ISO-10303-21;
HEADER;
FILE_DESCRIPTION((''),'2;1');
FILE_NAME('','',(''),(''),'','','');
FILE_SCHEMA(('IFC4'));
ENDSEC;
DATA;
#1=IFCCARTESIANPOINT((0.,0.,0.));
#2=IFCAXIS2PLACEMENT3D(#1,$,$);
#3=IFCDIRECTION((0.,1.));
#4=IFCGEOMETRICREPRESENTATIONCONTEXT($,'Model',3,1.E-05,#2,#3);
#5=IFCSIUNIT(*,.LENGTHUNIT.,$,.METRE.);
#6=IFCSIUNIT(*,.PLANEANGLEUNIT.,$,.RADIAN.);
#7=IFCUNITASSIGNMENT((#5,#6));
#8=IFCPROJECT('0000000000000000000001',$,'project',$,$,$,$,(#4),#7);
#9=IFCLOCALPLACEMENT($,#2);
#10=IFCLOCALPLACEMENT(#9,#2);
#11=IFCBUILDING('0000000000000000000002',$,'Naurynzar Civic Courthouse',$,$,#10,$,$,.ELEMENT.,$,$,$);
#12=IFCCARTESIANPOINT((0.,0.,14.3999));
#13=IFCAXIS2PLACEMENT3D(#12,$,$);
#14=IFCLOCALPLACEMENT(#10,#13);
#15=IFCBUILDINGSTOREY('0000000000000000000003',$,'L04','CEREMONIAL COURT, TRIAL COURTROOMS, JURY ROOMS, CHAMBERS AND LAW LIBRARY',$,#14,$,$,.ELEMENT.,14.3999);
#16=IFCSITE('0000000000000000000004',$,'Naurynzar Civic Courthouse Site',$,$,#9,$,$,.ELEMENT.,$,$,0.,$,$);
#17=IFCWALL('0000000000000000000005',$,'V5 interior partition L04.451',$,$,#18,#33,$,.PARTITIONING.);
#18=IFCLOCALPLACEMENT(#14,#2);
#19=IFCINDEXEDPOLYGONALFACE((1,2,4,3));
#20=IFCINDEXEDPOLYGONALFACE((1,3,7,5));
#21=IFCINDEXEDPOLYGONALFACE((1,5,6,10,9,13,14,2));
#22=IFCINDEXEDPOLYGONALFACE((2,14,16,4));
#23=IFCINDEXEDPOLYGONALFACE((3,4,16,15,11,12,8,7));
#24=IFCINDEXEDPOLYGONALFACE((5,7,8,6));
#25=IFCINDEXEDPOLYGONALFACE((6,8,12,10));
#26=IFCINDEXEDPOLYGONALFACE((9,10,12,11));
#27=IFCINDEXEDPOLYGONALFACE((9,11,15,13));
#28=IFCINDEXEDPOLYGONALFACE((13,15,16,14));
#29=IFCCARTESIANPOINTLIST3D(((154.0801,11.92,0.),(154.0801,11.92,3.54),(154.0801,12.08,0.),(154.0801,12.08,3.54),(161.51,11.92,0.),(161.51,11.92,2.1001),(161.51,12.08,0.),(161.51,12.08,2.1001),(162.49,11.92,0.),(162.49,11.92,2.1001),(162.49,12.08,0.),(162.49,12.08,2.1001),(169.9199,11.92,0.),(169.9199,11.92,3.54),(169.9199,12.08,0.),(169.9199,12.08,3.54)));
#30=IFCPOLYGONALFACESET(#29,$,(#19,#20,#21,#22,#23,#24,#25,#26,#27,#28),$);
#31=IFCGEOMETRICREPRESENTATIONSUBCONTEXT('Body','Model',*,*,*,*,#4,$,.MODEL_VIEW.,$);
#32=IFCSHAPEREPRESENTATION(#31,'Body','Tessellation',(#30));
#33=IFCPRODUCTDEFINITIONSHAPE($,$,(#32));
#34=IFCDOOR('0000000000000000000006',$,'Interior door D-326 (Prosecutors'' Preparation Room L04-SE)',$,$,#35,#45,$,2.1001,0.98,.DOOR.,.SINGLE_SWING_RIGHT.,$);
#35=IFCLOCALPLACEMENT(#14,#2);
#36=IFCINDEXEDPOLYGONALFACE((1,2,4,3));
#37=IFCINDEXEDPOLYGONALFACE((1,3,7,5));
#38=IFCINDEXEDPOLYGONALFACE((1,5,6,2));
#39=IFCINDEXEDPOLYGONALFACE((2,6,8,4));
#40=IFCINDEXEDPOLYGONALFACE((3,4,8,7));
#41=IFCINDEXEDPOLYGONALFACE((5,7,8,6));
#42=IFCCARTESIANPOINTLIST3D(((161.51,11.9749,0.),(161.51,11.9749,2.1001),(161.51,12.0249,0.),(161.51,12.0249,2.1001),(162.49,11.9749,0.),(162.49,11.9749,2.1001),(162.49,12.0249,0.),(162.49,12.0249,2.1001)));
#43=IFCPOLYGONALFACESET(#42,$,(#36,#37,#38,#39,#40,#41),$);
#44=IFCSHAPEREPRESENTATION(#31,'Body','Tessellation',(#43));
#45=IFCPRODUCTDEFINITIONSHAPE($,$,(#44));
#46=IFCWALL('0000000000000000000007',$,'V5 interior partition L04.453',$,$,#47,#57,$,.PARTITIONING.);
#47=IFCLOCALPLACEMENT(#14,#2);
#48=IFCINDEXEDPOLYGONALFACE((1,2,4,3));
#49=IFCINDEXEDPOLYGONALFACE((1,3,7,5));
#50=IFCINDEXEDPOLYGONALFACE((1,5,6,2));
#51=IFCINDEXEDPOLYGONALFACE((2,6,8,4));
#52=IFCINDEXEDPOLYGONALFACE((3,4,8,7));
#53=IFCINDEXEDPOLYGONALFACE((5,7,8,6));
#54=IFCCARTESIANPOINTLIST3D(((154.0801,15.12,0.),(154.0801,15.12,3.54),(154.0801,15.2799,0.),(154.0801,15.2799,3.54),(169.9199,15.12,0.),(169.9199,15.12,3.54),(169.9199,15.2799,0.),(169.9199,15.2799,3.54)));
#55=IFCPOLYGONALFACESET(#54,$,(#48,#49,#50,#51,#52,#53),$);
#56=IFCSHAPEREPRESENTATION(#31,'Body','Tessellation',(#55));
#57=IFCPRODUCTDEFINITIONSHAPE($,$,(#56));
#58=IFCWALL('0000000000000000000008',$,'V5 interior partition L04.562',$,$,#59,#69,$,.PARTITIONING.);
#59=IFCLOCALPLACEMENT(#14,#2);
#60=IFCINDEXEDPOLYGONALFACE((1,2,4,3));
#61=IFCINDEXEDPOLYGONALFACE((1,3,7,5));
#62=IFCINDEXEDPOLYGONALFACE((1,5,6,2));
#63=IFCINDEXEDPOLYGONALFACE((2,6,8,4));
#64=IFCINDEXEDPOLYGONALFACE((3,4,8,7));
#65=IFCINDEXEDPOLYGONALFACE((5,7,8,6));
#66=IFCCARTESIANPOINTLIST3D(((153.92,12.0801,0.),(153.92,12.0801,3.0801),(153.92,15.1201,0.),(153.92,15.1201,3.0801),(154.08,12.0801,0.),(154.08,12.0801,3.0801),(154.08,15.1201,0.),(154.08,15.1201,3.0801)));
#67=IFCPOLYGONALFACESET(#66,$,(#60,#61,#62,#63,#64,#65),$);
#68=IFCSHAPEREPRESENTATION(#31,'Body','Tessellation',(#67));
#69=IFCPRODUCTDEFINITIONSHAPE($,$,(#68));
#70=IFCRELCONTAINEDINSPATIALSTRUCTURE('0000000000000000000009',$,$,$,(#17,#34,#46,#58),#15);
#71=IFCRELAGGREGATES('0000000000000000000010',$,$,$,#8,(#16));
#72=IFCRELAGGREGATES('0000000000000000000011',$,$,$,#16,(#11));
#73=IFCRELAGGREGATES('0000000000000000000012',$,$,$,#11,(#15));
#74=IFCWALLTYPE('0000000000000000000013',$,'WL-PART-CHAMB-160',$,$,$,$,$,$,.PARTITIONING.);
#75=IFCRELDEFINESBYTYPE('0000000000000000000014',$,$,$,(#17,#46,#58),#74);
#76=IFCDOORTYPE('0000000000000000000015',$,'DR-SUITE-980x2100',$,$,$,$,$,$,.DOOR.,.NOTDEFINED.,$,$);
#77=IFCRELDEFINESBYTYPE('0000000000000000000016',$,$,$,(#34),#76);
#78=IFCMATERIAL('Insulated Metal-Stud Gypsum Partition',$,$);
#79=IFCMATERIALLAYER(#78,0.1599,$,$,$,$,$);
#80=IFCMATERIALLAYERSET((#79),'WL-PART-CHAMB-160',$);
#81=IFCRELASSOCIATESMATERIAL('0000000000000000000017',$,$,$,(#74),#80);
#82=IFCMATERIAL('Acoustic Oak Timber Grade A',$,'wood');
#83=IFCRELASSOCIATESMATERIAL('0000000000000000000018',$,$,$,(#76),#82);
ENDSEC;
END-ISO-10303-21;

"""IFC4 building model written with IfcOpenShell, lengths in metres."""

from ifc_helpers import new_model, si_unit, direction, frame, frame_2d, origin, place, context, subcontext, project, spatial, rectangle, extrude, material, layer, layer_set, type_object, element, fill, save


model = new_model("IFC4")

# Units and contexts
model_context = context("Model", 3, precision=1e-05, world=origin(), true_north=direction((0.0, 1.0)))
body_context = subcontext(model_context, "Body", "Model", "MODEL_VIEW")
ifc_project = project(units=[si_unit("LENGTHUNIT", "METRE"), si_unit("PLANEANGLEUNIT", "RADIAN")], contexts=[model_context])

# Site, building, storey
site_placement = place(None, origin())
site = spatial("IfcSite", under=ifc_project, at=site_placement, Name="Naurynzar Civic Courthouse Site", CompositionType="ELEMENT", RefElevation=0.0)
building_placement = place(site_placement, origin())
building = spatial("IfcBuilding", under=site, at=building_placement, Name="Naurynzar Civic Courthouse", CompositionType="ELEMENT")
storey_placement = place(building_placement, frame((0.0, 0.0, 14.3999)))
storey = spatial("IfcBuildingStorey", under=building, at=storey_placement, Name="L04", Description="CEREMONIAL COURT, TRIAL COURTROOMS, JURY ROOMS, CHAMBERS AND LAW LIBRARY", CompositionType="ELEMENT", Elevation=14.3999)

# Wall, opening, door
ifc_material_1 = material(Name="Insulated Metal-Stud Gypsum Partition")
ifc_layer_1 = layer(ifc_material_1, 0.1599)
ifc_layer_set_1 = layer_set([ifc_layer_1], Name="WL-PART-CHAMB-160")
wall_type_1 = type_object("IfcWallType", Name="WL-PART-CHAMB-160", PredefinedType="PARTITIONING", material=ifc_layer_set_1)
wall_1_placement = place(storey_placement, frame((154.0801, 12.0, 0.0), z_axis=(0.0, 0.0, 1.0), x_axis=(1.0, 0.0, 0.0)))
wall_1 = element("IfcWall", 1, at=wall_1_placement, inside=storey, type_object=wall_type_1, Name="V5 interior partition L04.451", PredefinedType="PARTITIONING", context=body_context, shape_type="SweptSolid", body=[
    extrude(rectangle(XDim=15.8398, YDim=0.1599, at=frame_2d((7.9199, 0.0))), origin(), (0.0, 0.0, 1.0), 3.54),
])
opening_1_placement = place(wall_1_placement, frame((7.4299, 0.0, 0.0)))
opening_1 = element("IfcOpeningElement", 2, at=opening_1_placement, cuts=wall_1, PredefinedType="OPENING", context=body_context, shape_type="SweptSolid", body=[
    extrude(rectangle(XDim=0.98, YDim=2.1001, at=frame_2d((0.49, 1.05))), frame((0.0, 0.0898, 0.0), z_axis=(0.0, -1.0, 0.0), x_axis=(1.0, 0.0, 0.0)), (0.0, 0.0, 1.0), 0.1799),
])
ifc_material_2 = material(Name="Acoustic Oak Timber Grade A", Category="wood")
door_type_1 = type_object("IfcDoorType", Name="DR-SUITE-980x2100", OperationType="NOTDEFINED", PredefinedType="DOOR", material=ifc_material_2)
door_1_placement = place(opening_1_placement, origin())
door_1 = element("IfcDoor", 3, at=door_1_placement, inside=storey, type_object=door_type_1, Name="Interior door D-326 (Prosecutors' Preparation Room L04-SE)", OperationType="SINGLE_SWING_RIGHT", OverallHeight=2.1001, OverallWidth=0.98, PredefinedType="DOOR", context=body_context, shape_type="SweptSolid", body=[
    extrude(rectangle(XDim=0.98, YDim=2.1001, at=frame_2d((0.49, 1.05))), frame((0.0, 0.0249, 0.0), z_axis=(0.0, -1.0, 0.0), x_axis=(1.0, 0.0, 0.0)), (0.0, 0.0, 1.0), 0.05),
])
fill(opening_1, door_1)

# Walls
wall_2_placement = place(storey_placement, frame((154.0801, 15.2, 0.0), z_axis=(0.0, 0.0, 1.0), x_axis=(1.0, 0.0, 0.0)))
element("IfcWall", 4, at=wall_2_placement, inside=storey, type_object=wall_type_1, Name="V5 interior partition L04.453", PredefinedType="PARTITIONING", context=body_context, shape_type="SweptSolid", body=[
    extrude(rectangle(XDim=15.8398, YDim=0.1599, at=frame_2d((7.9199, 0.0))), origin(), (0.0, 0.0, 1.0), 3.54),
])
wall_3_placement = place(storey_placement, frame((154.0, 12.0801, 0.0), z_axis=(0.0, 0.0, 1.0), x_axis=(0.0, 1.0, 0.0)))
element("IfcWall", 5, at=wall_3_placement, inside=storey, type_object=wall_type_1, Name="V5 interior partition L04.562", PredefinedType="PARTITIONING", context=body_context, shape_type="SweptSolid", body=[
    extrude(rectangle(XDim=3.04, YDim=0.1599, at=frame_2d((1.52, 0.0))), origin(), (0.0, 0.0, 1.0), 3.0801),
])

save(model, "model.ifc")
